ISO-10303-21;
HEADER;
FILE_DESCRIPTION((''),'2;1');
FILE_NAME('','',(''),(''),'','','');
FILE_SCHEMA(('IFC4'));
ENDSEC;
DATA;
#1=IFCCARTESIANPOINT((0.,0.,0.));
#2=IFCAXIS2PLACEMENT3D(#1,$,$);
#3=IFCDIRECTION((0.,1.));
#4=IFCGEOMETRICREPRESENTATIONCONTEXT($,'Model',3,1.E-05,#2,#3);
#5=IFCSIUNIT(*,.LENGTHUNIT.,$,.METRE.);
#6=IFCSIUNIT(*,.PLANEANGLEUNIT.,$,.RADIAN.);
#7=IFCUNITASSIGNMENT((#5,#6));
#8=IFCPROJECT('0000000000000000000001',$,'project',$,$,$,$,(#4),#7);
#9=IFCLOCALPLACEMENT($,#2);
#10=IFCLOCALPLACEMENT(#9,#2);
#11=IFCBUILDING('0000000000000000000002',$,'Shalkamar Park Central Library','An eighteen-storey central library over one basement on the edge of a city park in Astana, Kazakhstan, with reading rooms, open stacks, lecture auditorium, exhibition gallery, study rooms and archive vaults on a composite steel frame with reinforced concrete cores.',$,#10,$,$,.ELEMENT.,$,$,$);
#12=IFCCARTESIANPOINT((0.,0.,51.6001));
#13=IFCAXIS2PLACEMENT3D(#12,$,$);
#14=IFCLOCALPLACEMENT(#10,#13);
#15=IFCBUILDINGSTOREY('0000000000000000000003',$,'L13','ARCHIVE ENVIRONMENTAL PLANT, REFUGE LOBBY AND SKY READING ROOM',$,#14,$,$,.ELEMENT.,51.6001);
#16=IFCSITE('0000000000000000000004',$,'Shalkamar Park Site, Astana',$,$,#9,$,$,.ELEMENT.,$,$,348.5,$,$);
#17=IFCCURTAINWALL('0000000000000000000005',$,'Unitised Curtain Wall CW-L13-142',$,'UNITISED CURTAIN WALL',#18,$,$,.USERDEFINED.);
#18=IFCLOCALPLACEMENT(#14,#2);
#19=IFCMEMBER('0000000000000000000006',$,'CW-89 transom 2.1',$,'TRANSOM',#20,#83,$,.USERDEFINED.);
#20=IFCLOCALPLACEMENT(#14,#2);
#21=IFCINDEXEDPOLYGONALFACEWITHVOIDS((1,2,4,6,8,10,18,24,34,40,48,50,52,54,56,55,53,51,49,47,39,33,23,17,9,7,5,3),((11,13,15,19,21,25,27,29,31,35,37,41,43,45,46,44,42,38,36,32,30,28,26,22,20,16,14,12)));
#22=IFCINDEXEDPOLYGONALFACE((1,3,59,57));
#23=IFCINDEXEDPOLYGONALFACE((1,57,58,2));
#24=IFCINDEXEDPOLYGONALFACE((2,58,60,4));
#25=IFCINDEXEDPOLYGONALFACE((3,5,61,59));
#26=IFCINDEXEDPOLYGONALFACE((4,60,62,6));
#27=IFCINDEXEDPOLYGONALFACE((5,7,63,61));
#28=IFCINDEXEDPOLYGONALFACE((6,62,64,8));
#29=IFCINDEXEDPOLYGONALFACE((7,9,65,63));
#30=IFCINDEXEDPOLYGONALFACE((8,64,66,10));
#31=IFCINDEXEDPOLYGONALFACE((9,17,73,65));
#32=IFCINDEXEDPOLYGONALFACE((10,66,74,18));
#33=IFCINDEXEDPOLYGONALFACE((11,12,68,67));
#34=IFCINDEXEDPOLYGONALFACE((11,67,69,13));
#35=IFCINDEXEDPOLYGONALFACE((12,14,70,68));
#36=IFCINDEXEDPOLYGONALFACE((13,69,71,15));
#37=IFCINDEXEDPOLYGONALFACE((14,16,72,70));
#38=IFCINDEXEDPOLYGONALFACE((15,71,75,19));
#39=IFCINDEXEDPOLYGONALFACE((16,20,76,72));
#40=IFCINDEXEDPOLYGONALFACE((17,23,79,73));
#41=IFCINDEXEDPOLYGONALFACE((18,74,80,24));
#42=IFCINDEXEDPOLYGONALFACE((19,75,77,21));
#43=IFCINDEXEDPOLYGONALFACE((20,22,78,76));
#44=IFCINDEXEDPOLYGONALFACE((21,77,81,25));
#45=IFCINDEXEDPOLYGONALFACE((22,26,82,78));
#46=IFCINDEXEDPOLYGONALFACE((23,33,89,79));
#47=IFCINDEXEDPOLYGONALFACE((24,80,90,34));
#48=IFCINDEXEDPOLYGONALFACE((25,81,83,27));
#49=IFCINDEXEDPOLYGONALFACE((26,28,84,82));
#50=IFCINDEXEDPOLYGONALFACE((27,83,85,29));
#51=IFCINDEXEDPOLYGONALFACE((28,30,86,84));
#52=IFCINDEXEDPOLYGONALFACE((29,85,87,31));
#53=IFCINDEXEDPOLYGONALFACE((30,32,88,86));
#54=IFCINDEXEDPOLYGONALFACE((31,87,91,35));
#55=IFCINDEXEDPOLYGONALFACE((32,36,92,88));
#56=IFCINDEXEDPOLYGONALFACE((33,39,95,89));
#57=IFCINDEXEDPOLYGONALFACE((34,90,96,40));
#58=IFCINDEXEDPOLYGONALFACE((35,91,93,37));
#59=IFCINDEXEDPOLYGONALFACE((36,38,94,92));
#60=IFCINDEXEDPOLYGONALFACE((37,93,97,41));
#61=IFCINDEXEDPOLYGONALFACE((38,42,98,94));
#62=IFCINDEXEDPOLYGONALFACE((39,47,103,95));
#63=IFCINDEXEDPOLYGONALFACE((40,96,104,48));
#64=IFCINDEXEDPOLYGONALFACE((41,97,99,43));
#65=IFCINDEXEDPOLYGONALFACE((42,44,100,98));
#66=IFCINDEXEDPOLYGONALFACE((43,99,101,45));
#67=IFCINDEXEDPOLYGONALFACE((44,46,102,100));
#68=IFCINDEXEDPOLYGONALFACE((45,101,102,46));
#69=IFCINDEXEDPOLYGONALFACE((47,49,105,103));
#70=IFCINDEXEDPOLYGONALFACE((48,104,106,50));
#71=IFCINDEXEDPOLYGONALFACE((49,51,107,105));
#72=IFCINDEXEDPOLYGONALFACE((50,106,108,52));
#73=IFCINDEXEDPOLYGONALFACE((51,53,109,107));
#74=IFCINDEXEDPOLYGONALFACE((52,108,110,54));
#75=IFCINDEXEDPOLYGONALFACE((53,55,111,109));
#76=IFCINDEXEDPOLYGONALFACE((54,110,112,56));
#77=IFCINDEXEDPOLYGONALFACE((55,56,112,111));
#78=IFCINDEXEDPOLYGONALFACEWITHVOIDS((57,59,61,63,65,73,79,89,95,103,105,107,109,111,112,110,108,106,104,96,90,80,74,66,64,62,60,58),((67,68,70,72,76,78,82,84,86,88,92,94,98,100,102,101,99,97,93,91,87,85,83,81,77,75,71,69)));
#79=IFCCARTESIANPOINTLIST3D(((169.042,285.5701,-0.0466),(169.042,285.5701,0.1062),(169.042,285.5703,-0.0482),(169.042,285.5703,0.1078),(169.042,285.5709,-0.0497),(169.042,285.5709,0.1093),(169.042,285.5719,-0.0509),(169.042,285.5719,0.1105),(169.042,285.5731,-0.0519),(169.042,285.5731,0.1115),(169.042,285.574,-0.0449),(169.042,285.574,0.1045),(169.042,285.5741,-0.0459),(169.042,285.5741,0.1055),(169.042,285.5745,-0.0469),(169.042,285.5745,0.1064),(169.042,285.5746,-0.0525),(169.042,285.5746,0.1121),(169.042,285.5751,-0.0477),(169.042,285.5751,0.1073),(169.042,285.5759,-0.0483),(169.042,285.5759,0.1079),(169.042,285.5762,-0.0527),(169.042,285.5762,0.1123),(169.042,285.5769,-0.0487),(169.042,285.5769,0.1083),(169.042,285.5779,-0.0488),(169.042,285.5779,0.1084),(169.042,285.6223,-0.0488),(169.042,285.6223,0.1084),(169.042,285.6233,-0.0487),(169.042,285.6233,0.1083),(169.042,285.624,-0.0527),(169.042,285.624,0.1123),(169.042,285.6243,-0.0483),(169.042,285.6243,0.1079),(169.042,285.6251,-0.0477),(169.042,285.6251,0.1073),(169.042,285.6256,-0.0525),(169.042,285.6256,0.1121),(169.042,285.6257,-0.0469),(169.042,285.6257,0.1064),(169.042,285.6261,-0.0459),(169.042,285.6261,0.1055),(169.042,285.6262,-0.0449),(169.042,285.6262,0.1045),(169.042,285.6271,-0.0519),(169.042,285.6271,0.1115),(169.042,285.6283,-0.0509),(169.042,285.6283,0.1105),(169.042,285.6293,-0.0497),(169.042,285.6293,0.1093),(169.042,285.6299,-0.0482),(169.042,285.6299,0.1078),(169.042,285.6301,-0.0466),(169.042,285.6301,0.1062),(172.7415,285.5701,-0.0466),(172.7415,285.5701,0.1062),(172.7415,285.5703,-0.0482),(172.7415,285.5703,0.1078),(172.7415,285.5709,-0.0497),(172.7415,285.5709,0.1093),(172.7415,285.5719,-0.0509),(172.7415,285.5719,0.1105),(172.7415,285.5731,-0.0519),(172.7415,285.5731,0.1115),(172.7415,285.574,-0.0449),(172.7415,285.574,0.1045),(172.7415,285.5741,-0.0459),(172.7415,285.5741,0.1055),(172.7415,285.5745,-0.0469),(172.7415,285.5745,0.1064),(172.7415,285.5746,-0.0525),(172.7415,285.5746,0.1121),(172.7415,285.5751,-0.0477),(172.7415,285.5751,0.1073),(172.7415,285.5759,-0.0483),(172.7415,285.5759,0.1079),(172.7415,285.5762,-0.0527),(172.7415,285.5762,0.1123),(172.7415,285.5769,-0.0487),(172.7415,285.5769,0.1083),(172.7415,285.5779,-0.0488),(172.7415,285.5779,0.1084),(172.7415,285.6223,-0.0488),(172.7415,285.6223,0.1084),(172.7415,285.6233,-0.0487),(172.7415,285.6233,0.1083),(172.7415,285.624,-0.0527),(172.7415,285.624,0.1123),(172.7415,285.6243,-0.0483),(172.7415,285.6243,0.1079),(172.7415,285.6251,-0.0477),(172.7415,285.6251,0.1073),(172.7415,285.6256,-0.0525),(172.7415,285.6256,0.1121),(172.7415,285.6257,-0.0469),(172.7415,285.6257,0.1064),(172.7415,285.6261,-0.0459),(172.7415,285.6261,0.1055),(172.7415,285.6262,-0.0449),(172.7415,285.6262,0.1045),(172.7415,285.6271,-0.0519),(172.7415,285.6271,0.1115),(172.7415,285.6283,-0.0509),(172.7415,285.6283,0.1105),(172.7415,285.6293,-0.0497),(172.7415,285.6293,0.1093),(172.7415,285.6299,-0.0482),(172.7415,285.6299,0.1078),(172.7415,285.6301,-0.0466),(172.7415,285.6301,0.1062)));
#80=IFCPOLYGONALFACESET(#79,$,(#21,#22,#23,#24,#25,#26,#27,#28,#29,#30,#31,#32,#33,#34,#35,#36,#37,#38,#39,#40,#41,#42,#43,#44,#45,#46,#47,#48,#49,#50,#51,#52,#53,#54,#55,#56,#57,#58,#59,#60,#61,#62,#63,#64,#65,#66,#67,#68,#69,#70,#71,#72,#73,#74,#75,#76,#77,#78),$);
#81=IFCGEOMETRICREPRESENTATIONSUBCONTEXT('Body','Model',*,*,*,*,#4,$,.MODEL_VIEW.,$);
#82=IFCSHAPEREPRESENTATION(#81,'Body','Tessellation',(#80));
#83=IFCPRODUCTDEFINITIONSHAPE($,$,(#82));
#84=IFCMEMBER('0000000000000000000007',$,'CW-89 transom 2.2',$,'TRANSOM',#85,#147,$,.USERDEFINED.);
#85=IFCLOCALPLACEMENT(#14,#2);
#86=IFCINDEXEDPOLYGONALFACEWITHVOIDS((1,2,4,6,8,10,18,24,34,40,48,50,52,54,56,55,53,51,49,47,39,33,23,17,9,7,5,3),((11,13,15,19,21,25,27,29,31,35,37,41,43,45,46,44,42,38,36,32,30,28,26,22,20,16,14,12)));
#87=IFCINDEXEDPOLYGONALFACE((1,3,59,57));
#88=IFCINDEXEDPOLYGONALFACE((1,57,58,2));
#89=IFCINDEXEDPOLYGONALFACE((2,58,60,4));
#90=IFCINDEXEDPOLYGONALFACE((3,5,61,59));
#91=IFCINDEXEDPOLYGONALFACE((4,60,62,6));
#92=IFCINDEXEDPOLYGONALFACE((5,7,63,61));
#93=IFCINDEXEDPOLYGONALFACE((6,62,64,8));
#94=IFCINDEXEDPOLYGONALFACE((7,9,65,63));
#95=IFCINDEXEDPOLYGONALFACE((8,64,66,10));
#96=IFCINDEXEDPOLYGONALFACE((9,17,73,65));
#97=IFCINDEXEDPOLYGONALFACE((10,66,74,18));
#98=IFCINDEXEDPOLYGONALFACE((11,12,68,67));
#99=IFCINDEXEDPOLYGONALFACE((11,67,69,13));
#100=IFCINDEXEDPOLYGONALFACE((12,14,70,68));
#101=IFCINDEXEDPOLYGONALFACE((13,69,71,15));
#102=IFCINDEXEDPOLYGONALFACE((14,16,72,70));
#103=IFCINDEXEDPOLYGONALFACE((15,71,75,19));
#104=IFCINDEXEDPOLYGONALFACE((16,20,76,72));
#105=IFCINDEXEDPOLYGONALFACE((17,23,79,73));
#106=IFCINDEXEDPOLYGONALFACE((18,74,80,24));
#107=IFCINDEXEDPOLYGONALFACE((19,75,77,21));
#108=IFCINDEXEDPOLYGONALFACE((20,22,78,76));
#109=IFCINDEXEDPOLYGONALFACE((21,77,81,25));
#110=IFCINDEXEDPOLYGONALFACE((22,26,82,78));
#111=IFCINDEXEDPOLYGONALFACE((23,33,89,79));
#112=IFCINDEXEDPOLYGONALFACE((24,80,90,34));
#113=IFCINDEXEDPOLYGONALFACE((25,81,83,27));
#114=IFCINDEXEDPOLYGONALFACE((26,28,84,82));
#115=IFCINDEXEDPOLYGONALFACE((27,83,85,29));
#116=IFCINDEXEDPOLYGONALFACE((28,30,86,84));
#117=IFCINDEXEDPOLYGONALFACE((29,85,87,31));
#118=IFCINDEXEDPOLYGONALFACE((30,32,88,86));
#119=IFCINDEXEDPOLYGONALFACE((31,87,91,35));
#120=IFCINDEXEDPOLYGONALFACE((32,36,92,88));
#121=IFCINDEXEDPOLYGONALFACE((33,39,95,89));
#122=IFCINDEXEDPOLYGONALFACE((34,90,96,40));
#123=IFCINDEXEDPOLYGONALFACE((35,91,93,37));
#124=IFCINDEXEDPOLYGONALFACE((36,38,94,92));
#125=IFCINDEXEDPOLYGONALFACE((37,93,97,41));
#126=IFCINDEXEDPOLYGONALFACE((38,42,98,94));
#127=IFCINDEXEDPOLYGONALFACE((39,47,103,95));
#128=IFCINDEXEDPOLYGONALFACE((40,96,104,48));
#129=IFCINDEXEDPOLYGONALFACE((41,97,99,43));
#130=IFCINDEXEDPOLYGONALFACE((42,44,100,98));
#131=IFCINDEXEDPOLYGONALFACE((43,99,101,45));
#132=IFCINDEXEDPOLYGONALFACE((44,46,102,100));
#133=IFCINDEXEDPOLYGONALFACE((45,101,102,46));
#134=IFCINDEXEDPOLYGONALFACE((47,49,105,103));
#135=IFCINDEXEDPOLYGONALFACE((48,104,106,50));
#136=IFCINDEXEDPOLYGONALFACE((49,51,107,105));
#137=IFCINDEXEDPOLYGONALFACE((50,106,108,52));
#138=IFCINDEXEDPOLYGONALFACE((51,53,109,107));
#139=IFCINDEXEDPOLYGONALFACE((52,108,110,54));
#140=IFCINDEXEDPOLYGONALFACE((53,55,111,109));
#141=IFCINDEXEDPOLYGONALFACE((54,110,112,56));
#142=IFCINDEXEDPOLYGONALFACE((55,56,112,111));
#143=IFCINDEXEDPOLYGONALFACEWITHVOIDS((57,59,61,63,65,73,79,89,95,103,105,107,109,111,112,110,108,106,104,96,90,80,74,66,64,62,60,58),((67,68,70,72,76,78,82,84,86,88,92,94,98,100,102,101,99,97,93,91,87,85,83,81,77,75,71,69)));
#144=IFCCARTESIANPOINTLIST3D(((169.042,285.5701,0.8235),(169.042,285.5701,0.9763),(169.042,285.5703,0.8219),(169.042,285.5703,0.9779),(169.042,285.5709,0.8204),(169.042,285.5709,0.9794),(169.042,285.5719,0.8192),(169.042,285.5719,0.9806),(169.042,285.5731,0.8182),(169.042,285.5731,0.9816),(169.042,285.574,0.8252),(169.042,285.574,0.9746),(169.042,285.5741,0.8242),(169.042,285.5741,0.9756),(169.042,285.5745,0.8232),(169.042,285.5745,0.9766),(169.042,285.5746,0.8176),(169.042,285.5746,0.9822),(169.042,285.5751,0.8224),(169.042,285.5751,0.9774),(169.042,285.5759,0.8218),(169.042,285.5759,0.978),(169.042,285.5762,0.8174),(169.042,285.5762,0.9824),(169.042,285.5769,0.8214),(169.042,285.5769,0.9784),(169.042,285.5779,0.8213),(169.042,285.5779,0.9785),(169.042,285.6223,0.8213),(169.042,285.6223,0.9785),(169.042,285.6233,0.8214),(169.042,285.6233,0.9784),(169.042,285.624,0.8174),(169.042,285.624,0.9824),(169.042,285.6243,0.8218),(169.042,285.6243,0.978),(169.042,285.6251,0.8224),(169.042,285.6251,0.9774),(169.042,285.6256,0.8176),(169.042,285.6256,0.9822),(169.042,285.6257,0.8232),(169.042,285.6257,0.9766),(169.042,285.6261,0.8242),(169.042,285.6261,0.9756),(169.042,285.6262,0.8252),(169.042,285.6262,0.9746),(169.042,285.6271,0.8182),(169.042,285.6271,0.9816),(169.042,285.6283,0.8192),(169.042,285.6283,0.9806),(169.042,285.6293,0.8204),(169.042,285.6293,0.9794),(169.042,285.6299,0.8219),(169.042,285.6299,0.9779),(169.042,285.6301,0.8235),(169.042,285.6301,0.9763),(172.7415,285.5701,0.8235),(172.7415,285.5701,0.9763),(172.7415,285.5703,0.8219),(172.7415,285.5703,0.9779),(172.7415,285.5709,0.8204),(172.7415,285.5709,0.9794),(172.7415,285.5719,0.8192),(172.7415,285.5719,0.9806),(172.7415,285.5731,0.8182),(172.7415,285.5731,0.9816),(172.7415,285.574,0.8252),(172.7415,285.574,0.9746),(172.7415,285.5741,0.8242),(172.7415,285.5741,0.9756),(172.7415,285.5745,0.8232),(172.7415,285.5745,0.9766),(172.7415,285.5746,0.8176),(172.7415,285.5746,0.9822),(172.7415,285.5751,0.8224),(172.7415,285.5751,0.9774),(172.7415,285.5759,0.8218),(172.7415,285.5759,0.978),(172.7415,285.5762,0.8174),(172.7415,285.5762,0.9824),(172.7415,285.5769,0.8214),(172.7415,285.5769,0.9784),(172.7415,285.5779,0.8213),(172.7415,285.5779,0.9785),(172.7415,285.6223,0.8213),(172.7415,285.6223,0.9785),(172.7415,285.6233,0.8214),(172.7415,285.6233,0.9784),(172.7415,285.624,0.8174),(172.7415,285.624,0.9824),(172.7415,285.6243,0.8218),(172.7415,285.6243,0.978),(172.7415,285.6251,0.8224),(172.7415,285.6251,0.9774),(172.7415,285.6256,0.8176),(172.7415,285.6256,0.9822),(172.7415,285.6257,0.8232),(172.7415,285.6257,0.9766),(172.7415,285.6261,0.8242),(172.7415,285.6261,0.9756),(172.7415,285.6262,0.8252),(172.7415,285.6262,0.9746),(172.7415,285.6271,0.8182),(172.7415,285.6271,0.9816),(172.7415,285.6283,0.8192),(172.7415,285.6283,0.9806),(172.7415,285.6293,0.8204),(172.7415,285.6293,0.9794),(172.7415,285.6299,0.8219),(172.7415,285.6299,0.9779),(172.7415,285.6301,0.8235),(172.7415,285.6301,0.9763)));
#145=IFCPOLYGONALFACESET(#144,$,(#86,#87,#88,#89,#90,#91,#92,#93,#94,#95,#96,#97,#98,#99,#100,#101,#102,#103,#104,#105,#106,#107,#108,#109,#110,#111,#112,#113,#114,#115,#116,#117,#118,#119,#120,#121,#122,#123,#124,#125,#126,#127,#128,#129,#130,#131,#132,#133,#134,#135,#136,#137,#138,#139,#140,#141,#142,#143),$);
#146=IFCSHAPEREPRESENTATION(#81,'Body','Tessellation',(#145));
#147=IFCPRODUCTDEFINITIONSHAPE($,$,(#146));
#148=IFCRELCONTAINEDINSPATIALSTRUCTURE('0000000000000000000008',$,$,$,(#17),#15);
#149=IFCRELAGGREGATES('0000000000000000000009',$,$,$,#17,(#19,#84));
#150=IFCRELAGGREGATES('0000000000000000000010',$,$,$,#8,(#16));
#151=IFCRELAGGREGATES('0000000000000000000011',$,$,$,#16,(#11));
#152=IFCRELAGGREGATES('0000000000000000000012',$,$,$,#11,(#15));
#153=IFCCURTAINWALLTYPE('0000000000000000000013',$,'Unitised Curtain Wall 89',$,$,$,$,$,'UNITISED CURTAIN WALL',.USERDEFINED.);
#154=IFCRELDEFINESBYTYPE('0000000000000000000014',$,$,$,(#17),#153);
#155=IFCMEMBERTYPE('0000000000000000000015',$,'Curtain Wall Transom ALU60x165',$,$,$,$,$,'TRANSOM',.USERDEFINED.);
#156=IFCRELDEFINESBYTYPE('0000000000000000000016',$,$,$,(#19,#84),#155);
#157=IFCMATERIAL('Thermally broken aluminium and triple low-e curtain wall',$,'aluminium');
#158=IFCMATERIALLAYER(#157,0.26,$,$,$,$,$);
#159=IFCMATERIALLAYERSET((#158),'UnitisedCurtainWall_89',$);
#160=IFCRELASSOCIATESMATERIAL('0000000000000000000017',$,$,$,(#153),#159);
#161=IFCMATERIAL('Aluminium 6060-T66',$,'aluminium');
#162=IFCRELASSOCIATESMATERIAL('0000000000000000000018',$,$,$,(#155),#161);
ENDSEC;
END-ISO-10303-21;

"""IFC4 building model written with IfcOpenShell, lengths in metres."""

from ifc_helpers import new_model, si_unit, direction, frame, origin, origin_2d, place, context, subcontext, project, spatial, hollow_rectangle, extrude, material, layer, layer_set, material_profile, profile_set, type_object, element, aggregate, save


model = new_model("IFC4")

# Units and contexts
model_context = context("Model", 3, precision=1e-05, world=origin(), true_north=direction((0.0, 1.0)))
body_context = subcontext(model_context, "Body", "Model", "MODEL_VIEW")
ifc_project = project(units=[si_unit("LENGTHUNIT", "METRE"), si_unit("PLANEANGLEUNIT", "RADIAN")], contexts=[model_context])

# Site, building, storey
site_placement = place(None, origin())
site = spatial("IfcSite", under=ifc_project, at=site_placement, Name="Shalkamar Park Site, Astana", CompositionType="ELEMENT", RefElevation=348.5)
building_placement = place(site_placement, origin())
building = spatial("IfcBuilding", under=site, at=building_placement, Name="Shalkamar Park Central Library", Description="An eighteen-storey central library over one basement on the edge of a city park in Astana, Kazakhstan, with reading rooms, open stacks, lecture auditorium, exhibition gallery, study rooms and archive vaults on a composite steel frame with reinforced concrete cores.", CompositionType="ELEMENT")
storey_placement = place(building_placement, frame((0.0, 0.0, 51.6001)))
storey = spatial("IfcBuildingStorey", under=building, at=storey_placement, Name="L13", Description="ARCHIVE ENVIRONMENTAL PLANT, REFUGE LOBBY AND SKY READING ROOM", CompositionType="ELEMENT", Elevation=51.6001)

# Curtain wall
ifc_material_1 = material(Name="Thermally broken aluminium and triple low-e curtain wall", Category="aluminium")
ifc_layer_1 = layer(ifc_material_1, 0.26)
ifc_layer_set_1 = layer_set([ifc_layer_1], Name="UnitisedCurtainWall_89")
curtain_wall_type_1 = type_object("IfcCurtainWallType", Name="Unitised Curtain Wall 89", ElementType="UNITISED CURTAIN WALL", PredefinedType="USERDEFINED", material=ifc_layer_set_1)
curtain_wall_1_placement = place(storey_placement, origin())
curtain_wall_1 = element("IfcCurtainWall", 1, at=curtain_wall_1_placement, inside=storey, type_object=curtain_wall_type_1, Name="Unitised Curtain Wall CW-L13-142", ObjectType="UNITISED CURTAIN WALL", PredefinedType="USERDEFINED")
ifc_material_2 = material(Name="Aluminium 6060-T66", Category="aluminium")

# Members
ifc_material_profile_1 = material_profile(ifc_material_2, hollow_rectangle(XDim=0.0601, YDim=0.165, WallThickness=0.0039, InnerFilletRadius=0.0039, OuterFilletRadius=0.0061, at=origin_2d()), Name="ALU 60x165x4")
ifc_profile_set_1 = profile_set([ifc_material_profile_1], Name="Aluminium 6060-T66")
member_type_1 = type_object("IfcMemberType", Name="Curtain Wall Transom ALU60x165", ElementType="TRANSOM", PredefinedType="USERDEFINED", material=ifc_profile_set_1)
member_1_placement = place(storey_placement, frame((169.042, 285.6001, 0.0298), z_axis=(1.0, 0.0, 0.0), x_axis=(0.0, 1.0, 0.0)))
member_1 = element("IfcMember", 2, at=member_1_placement, type_object=member_type_1, Name="CW-89 transom 2.1", ObjectType="TRANSOM", PredefinedType="USERDEFINED", context=body_context, shape_type="SweptSolid", body=[
    extrude(hollow_rectangle(XDim=0.0601, YDim=0.165, WallThickness=0.0039, InnerFilletRadius=0.0039, OuterFilletRadius=0.0061, at=origin_2d()), origin(), (0.0, 0.0, 1.0), 3.6995),
])
member_2_placement = place(storey_placement, frame((169.042, 285.6001, 0.8999), z_axis=(1.0, 0.0, 0.0), x_axis=(0.0, 1.0, 0.0)))
member_2 = element("IfcMember", 3, at=member_2_placement, type_object=member_type_1, Name="CW-89 transom 2.2", ObjectType="TRANSOM", PredefinedType="USERDEFINED", context=body_context, shape_type="SweptSolid", body=[
    extrude(hollow_rectangle(XDim=0.0601, YDim=0.165, WallThickness=0.0039, InnerFilletRadius=0.0039, OuterFilletRadius=0.0061, at=origin_2d()), origin(), (0.0, 0.0, 1.0), 3.6995),
])

aggregate(curtain_wall_1, [member_1, member_2])

save(model, "model.ifc")
